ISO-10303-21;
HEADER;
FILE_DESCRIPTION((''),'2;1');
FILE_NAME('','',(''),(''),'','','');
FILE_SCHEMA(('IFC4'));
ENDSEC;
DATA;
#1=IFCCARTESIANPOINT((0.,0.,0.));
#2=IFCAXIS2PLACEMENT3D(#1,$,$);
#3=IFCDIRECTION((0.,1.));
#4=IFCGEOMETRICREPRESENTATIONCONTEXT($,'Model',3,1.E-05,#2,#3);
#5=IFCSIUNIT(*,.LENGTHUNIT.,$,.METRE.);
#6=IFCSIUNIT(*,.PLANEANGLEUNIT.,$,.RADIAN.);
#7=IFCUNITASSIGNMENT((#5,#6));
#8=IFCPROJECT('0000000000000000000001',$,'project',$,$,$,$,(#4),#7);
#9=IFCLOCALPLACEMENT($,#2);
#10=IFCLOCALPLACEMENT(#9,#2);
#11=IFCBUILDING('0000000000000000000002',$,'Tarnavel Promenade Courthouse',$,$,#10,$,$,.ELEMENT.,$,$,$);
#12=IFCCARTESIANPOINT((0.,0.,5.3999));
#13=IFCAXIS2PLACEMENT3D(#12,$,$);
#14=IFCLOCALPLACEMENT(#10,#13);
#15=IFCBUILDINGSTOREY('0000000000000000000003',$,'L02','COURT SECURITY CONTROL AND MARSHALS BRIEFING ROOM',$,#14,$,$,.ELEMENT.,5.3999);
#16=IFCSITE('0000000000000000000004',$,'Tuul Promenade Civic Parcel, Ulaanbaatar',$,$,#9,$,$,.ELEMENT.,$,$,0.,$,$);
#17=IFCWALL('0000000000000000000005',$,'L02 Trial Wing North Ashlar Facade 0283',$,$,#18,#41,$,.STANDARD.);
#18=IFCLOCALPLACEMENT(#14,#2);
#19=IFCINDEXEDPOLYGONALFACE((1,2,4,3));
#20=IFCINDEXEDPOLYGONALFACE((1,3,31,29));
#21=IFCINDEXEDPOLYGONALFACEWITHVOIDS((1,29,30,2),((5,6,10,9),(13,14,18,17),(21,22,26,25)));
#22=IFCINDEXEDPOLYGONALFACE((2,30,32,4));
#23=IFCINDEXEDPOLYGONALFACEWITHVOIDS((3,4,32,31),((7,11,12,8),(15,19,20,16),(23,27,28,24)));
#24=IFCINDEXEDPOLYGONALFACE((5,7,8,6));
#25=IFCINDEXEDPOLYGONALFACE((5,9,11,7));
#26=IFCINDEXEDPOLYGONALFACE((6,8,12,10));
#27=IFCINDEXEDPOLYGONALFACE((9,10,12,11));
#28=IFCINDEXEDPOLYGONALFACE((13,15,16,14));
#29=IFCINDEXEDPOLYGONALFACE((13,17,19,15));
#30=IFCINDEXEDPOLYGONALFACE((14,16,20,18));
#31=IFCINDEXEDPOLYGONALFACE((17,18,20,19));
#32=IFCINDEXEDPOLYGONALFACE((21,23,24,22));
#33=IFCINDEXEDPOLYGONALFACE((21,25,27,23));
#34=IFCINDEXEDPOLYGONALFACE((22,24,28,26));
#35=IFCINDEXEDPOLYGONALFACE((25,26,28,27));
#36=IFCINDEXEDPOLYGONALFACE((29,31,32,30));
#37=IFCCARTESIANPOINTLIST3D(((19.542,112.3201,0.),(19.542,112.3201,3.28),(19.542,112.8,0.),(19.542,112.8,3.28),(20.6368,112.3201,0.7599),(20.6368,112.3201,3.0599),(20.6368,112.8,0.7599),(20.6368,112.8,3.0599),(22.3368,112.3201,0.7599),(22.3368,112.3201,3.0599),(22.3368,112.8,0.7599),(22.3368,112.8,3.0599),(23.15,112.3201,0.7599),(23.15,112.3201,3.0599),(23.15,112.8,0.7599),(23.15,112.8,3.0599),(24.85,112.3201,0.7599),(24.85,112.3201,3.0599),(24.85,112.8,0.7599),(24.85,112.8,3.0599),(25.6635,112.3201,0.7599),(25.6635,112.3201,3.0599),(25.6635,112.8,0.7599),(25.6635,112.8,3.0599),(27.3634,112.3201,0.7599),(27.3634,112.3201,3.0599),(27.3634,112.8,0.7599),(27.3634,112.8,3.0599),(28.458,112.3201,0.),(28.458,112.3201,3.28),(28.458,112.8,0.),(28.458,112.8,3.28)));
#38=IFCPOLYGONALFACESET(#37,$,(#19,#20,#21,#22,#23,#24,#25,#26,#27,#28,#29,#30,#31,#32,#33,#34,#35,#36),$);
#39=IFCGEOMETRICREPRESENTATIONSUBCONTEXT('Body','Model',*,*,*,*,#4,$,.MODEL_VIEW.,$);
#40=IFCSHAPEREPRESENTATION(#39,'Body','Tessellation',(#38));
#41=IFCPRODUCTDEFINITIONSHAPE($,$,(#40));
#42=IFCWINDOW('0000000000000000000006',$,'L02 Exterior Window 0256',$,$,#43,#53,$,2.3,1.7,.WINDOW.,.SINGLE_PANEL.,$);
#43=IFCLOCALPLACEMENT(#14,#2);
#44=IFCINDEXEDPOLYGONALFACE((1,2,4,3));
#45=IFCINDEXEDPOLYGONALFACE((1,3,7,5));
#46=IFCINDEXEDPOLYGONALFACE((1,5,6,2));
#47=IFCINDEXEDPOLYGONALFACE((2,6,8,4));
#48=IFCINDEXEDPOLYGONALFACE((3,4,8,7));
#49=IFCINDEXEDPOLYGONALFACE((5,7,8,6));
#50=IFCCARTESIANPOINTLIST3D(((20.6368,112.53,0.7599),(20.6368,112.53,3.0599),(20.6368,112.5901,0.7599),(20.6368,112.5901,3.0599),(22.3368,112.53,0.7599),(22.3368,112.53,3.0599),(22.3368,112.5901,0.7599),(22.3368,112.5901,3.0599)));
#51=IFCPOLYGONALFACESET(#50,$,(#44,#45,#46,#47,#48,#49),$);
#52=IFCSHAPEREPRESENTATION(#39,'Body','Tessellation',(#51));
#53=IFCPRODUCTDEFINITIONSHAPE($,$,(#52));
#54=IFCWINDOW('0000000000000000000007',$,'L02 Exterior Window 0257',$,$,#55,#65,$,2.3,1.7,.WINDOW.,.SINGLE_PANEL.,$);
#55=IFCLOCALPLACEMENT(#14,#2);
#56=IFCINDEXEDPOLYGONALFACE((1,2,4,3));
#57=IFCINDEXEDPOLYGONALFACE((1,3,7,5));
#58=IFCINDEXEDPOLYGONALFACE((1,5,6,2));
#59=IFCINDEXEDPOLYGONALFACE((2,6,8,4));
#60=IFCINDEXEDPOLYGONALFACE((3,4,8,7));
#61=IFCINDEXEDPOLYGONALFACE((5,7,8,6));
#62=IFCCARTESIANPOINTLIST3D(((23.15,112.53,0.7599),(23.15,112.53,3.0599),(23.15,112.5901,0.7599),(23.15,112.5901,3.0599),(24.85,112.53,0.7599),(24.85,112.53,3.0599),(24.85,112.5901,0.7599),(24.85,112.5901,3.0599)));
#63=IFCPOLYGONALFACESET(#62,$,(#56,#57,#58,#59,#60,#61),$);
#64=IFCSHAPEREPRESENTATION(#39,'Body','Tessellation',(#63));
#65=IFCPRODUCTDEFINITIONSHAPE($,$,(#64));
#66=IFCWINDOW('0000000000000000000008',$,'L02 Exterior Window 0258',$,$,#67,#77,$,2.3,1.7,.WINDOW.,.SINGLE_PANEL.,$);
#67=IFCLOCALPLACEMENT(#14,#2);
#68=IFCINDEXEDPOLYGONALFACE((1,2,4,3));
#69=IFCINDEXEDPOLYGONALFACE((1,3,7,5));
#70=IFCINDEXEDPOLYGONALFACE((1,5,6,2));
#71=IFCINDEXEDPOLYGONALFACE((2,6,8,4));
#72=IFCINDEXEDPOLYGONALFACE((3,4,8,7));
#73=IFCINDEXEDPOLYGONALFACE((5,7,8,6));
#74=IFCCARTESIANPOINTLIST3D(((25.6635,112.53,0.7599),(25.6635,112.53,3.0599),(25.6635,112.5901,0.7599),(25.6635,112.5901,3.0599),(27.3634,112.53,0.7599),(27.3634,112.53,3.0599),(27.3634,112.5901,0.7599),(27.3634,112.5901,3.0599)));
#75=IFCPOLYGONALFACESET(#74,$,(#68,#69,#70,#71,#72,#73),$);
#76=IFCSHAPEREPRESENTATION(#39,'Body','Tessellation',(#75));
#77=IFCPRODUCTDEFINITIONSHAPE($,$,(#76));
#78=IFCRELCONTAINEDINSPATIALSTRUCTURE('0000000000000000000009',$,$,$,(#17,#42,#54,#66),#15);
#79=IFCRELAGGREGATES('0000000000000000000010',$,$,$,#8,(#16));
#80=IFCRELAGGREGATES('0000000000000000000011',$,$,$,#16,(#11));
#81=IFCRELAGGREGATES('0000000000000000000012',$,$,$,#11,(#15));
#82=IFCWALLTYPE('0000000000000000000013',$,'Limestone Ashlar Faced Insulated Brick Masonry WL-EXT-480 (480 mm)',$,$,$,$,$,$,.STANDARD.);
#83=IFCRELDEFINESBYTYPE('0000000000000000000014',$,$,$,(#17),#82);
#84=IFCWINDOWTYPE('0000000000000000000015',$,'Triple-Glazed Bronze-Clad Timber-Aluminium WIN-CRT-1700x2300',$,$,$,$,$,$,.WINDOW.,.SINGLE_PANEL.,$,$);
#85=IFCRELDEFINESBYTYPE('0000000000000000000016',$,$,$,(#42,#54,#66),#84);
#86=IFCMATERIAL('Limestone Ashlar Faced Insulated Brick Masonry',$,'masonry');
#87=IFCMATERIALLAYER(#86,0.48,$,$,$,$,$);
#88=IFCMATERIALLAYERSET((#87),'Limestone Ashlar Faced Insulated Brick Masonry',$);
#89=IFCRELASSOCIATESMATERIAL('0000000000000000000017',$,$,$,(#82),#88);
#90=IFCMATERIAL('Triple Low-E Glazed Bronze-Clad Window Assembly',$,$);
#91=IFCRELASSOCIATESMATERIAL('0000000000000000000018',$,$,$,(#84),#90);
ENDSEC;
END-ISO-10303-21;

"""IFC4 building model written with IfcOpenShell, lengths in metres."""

from ifc_helpers import new_model, si_unit, direction, frame, frame_2d, origin, place, context, subcontext, project, spatial, rectangle, extrude, material, layer, layer_set, type_object, element, fill, save


model = new_model("IFC4")

# Units and contexts
model_context = context("Model", 3, precision=1e-05, world=origin(), true_north=direction((0.0, 1.0)))
body_context = subcontext(model_context, "Body", "Model", "MODEL_VIEW")
ifc_project = project(units=[si_unit("LENGTHUNIT", "METRE"), si_unit("PLANEANGLEUNIT", "RADIAN")], contexts=[model_context])

# Site, building, storey
site_placement = place(None, origin())
site = spatial("IfcSite", under=ifc_project, at=site_placement, Name="Tuul Promenade Civic Parcel, Ulaanbaatar", CompositionType="ELEMENT", RefElevation=0.0)
building_placement = place(site_placement, origin())
building = spatial("IfcBuilding", under=site, at=building_placement, Name="Tarnavel Promenade Courthouse", CompositionType="ELEMENT")
storey_placement = place(building_placement, frame((0.0, 0.0, 5.3999)))
storey = spatial("IfcBuildingStorey", under=building, at=storey_placement, Name="L02", Description="COURT SECURITY CONTROL AND MARSHALS BRIEFING ROOM", CompositionType="ELEMENT", Elevation=5.3999)

# Wall, openings, windows
ifc_material_1 = material(Name="Limestone Ashlar Faced Insulated Brick Masonry", Category="masonry")
ifc_layer_1 = layer(ifc_material_1, 0.48)
ifc_layer_set_1 = layer_set([ifc_layer_1], Name="Limestone Ashlar Faced Insulated Brick Masonry")
wall_type_1 = type_object("IfcWallType", Name="Limestone Ashlar Faced Insulated Brick Masonry WL-EXT-480 (480 mm)", PredefinedType="STANDARD", material=ifc_layer_set_1)
ifc_material_2 = material(Name="Triple Low-E Glazed Bronze-Clad Window Assembly")
window_type = type_object("IfcWindowType", Name="Triple-Glazed Bronze-Clad Timber-Aluminium WIN-CRT-1700x2300", PartitioningType="SINGLE_PANEL", PredefinedType="WINDOW", material=ifc_material_2)
wall_1_placement = place(storey_placement, frame((19.542, 112.5601, 0.0), z_axis=(0.0, 0.0, 1.0), x_axis=(1.0, 0.0, 0.0)))
wall_1 = element("IfcWall", 1, at=wall_1_placement, inside=storey, type_object=wall_type_1, Name="L02 Trial Wing North Ashlar Facade 0283", PredefinedType="STANDARD", context=body_context, shape_type="SweptSolid", body=[
    extrude(rectangle(XDim=8.916, YDim=0.48, at=frame_2d((4.458, 0.0))), origin(), (0.0, 0.0, 1.0), 3.28),
])
opening_1_placement = place(wall_1_placement, frame((1.0947, 0.0, 0.76)))
opening_1 = element("IfcOpeningElement", 2, at=opening_1_placement, cuts=wall_1, PredefinedType="OPENING", context=body_context, shape_type="SweptSolid", body=[
    extrude(rectangle(XDim=1.7, YDim=2.3, at=frame_2d((0.8501, 1.1499))), frame((0.0, 0.25, 0.0), z_axis=(0.0, -1.0, 0.0), x_axis=(1.0, 0.0, 0.0)), (0.0, 0.0, 1.0), 0.5),
])
opening_2_placement = place(wall_1_placement, frame((3.6079, 0.0, 0.76)))
opening_2 = element("IfcOpeningElement", 3, at=opening_2_placement, cuts=wall_1, PredefinedType="OPENING", context=body_context, shape_type="SweptSolid", body=[
    extrude(rectangle(XDim=1.7, YDim=2.3, at=frame_2d((0.8501, 1.1499))), frame((0.0, 0.25, 0.0), z_axis=(0.0, -1.0, 0.0), x_axis=(1.0, 0.0, 0.0)), (0.0, 0.0, 1.0), 0.5),
])
opening_3_placement = place(wall_1_placement, frame((6.1213, 0.0, 0.76)))
opening_3 = element("IfcOpeningElement", 4, at=opening_3_placement, cuts=wall_1, PredefinedType="OPENING", context=body_context, shape_type="SweptSolid", body=[
    extrude(rectangle(XDim=1.7, YDim=2.3, at=frame_2d((0.8501, 1.1499))), frame((0.0, 0.25, 0.0), z_axis=(0.0, -1.0, 0.0), x_axis=(1.0, 0.0, 0.0)), (0.0, 0.0, 1.0), 0.5),
])
window_1_placement = place(opening_1_placement, origin())
window_1 = element("IfcWindow", 5, at=window_1_placement, inside=storey, type_object=window_type, Name="L02 Exterior Window 0256", OverallHeight=2.3, OverallWidth=1.7, PartitioningType="SINGLE_PANEL", PredefinedType="WINDOW", context=body_context, shape_type="SweptSolid", body=[
    extrude(rectangle(XDim=1.7, YDim=2.3, at=frame_2d((0.8501, 1.1499))), frame((0.0, 0.03, 0.0), z_axis=(0.0, -1.0, 0.0), x_axis=(1.0, 0.0, 0.0)), (0.0, 0.0, 1.0), 0.0601),
])
fill(opening_1, window_1)
window_2_placement = place(opening_2_placement, origin())
window_2 = element("IfcWindow", 6, at=window_2_placement, inside=storey, type_object=window_type, Name="L02 Exterior Window 0257", OverallHeight=2.3, OverallWidth=1.7, PartitioningType="SINGLE_PANEL", PredefinedType="WINDOW", context=body_context, shape_type="SweptSolid", body=[
    extrude(rectangle(XDim=1.7, YDim=2.3, at=frame_2d((0.8501, 1.1499))), frame((0.0, 0.03, 0.0), z_axis=(0.0, -1.0, 0.0), x_axis=(1.0, 0.0, 0.0)), (0.0, 0.0, 1.0), 0.0601),
])
fill(opening_2, window_2)
window_3_placement = place(opening_3_placement, origin())
window_3 = element("IfcWindow", 7, at=window_3_placement, inside=storey, type_object=window_type, Name="L02 Exterior Window 0258", OverallHeight=2.3, OverallWidth=1.7, PartitioningType="SINGLE_PANEL", PredefinedType="WINDOW", context=body_context, shape_type="SweptSolid", body=[
    extrude(rectangle(XDim=1.7, YDim=2.3, at=frame_2d((0.8501, 1.1499))), frame((0.0, 0.03, 0.0), z_axis=(0.0, -1.0, 0.0), x_axis=(1.0, 0.0, 0.0)), (0.0, 0.0, 1.0), 0.0601),
])
fill(opening_3, window_3)

save(model, "model.ifc")
